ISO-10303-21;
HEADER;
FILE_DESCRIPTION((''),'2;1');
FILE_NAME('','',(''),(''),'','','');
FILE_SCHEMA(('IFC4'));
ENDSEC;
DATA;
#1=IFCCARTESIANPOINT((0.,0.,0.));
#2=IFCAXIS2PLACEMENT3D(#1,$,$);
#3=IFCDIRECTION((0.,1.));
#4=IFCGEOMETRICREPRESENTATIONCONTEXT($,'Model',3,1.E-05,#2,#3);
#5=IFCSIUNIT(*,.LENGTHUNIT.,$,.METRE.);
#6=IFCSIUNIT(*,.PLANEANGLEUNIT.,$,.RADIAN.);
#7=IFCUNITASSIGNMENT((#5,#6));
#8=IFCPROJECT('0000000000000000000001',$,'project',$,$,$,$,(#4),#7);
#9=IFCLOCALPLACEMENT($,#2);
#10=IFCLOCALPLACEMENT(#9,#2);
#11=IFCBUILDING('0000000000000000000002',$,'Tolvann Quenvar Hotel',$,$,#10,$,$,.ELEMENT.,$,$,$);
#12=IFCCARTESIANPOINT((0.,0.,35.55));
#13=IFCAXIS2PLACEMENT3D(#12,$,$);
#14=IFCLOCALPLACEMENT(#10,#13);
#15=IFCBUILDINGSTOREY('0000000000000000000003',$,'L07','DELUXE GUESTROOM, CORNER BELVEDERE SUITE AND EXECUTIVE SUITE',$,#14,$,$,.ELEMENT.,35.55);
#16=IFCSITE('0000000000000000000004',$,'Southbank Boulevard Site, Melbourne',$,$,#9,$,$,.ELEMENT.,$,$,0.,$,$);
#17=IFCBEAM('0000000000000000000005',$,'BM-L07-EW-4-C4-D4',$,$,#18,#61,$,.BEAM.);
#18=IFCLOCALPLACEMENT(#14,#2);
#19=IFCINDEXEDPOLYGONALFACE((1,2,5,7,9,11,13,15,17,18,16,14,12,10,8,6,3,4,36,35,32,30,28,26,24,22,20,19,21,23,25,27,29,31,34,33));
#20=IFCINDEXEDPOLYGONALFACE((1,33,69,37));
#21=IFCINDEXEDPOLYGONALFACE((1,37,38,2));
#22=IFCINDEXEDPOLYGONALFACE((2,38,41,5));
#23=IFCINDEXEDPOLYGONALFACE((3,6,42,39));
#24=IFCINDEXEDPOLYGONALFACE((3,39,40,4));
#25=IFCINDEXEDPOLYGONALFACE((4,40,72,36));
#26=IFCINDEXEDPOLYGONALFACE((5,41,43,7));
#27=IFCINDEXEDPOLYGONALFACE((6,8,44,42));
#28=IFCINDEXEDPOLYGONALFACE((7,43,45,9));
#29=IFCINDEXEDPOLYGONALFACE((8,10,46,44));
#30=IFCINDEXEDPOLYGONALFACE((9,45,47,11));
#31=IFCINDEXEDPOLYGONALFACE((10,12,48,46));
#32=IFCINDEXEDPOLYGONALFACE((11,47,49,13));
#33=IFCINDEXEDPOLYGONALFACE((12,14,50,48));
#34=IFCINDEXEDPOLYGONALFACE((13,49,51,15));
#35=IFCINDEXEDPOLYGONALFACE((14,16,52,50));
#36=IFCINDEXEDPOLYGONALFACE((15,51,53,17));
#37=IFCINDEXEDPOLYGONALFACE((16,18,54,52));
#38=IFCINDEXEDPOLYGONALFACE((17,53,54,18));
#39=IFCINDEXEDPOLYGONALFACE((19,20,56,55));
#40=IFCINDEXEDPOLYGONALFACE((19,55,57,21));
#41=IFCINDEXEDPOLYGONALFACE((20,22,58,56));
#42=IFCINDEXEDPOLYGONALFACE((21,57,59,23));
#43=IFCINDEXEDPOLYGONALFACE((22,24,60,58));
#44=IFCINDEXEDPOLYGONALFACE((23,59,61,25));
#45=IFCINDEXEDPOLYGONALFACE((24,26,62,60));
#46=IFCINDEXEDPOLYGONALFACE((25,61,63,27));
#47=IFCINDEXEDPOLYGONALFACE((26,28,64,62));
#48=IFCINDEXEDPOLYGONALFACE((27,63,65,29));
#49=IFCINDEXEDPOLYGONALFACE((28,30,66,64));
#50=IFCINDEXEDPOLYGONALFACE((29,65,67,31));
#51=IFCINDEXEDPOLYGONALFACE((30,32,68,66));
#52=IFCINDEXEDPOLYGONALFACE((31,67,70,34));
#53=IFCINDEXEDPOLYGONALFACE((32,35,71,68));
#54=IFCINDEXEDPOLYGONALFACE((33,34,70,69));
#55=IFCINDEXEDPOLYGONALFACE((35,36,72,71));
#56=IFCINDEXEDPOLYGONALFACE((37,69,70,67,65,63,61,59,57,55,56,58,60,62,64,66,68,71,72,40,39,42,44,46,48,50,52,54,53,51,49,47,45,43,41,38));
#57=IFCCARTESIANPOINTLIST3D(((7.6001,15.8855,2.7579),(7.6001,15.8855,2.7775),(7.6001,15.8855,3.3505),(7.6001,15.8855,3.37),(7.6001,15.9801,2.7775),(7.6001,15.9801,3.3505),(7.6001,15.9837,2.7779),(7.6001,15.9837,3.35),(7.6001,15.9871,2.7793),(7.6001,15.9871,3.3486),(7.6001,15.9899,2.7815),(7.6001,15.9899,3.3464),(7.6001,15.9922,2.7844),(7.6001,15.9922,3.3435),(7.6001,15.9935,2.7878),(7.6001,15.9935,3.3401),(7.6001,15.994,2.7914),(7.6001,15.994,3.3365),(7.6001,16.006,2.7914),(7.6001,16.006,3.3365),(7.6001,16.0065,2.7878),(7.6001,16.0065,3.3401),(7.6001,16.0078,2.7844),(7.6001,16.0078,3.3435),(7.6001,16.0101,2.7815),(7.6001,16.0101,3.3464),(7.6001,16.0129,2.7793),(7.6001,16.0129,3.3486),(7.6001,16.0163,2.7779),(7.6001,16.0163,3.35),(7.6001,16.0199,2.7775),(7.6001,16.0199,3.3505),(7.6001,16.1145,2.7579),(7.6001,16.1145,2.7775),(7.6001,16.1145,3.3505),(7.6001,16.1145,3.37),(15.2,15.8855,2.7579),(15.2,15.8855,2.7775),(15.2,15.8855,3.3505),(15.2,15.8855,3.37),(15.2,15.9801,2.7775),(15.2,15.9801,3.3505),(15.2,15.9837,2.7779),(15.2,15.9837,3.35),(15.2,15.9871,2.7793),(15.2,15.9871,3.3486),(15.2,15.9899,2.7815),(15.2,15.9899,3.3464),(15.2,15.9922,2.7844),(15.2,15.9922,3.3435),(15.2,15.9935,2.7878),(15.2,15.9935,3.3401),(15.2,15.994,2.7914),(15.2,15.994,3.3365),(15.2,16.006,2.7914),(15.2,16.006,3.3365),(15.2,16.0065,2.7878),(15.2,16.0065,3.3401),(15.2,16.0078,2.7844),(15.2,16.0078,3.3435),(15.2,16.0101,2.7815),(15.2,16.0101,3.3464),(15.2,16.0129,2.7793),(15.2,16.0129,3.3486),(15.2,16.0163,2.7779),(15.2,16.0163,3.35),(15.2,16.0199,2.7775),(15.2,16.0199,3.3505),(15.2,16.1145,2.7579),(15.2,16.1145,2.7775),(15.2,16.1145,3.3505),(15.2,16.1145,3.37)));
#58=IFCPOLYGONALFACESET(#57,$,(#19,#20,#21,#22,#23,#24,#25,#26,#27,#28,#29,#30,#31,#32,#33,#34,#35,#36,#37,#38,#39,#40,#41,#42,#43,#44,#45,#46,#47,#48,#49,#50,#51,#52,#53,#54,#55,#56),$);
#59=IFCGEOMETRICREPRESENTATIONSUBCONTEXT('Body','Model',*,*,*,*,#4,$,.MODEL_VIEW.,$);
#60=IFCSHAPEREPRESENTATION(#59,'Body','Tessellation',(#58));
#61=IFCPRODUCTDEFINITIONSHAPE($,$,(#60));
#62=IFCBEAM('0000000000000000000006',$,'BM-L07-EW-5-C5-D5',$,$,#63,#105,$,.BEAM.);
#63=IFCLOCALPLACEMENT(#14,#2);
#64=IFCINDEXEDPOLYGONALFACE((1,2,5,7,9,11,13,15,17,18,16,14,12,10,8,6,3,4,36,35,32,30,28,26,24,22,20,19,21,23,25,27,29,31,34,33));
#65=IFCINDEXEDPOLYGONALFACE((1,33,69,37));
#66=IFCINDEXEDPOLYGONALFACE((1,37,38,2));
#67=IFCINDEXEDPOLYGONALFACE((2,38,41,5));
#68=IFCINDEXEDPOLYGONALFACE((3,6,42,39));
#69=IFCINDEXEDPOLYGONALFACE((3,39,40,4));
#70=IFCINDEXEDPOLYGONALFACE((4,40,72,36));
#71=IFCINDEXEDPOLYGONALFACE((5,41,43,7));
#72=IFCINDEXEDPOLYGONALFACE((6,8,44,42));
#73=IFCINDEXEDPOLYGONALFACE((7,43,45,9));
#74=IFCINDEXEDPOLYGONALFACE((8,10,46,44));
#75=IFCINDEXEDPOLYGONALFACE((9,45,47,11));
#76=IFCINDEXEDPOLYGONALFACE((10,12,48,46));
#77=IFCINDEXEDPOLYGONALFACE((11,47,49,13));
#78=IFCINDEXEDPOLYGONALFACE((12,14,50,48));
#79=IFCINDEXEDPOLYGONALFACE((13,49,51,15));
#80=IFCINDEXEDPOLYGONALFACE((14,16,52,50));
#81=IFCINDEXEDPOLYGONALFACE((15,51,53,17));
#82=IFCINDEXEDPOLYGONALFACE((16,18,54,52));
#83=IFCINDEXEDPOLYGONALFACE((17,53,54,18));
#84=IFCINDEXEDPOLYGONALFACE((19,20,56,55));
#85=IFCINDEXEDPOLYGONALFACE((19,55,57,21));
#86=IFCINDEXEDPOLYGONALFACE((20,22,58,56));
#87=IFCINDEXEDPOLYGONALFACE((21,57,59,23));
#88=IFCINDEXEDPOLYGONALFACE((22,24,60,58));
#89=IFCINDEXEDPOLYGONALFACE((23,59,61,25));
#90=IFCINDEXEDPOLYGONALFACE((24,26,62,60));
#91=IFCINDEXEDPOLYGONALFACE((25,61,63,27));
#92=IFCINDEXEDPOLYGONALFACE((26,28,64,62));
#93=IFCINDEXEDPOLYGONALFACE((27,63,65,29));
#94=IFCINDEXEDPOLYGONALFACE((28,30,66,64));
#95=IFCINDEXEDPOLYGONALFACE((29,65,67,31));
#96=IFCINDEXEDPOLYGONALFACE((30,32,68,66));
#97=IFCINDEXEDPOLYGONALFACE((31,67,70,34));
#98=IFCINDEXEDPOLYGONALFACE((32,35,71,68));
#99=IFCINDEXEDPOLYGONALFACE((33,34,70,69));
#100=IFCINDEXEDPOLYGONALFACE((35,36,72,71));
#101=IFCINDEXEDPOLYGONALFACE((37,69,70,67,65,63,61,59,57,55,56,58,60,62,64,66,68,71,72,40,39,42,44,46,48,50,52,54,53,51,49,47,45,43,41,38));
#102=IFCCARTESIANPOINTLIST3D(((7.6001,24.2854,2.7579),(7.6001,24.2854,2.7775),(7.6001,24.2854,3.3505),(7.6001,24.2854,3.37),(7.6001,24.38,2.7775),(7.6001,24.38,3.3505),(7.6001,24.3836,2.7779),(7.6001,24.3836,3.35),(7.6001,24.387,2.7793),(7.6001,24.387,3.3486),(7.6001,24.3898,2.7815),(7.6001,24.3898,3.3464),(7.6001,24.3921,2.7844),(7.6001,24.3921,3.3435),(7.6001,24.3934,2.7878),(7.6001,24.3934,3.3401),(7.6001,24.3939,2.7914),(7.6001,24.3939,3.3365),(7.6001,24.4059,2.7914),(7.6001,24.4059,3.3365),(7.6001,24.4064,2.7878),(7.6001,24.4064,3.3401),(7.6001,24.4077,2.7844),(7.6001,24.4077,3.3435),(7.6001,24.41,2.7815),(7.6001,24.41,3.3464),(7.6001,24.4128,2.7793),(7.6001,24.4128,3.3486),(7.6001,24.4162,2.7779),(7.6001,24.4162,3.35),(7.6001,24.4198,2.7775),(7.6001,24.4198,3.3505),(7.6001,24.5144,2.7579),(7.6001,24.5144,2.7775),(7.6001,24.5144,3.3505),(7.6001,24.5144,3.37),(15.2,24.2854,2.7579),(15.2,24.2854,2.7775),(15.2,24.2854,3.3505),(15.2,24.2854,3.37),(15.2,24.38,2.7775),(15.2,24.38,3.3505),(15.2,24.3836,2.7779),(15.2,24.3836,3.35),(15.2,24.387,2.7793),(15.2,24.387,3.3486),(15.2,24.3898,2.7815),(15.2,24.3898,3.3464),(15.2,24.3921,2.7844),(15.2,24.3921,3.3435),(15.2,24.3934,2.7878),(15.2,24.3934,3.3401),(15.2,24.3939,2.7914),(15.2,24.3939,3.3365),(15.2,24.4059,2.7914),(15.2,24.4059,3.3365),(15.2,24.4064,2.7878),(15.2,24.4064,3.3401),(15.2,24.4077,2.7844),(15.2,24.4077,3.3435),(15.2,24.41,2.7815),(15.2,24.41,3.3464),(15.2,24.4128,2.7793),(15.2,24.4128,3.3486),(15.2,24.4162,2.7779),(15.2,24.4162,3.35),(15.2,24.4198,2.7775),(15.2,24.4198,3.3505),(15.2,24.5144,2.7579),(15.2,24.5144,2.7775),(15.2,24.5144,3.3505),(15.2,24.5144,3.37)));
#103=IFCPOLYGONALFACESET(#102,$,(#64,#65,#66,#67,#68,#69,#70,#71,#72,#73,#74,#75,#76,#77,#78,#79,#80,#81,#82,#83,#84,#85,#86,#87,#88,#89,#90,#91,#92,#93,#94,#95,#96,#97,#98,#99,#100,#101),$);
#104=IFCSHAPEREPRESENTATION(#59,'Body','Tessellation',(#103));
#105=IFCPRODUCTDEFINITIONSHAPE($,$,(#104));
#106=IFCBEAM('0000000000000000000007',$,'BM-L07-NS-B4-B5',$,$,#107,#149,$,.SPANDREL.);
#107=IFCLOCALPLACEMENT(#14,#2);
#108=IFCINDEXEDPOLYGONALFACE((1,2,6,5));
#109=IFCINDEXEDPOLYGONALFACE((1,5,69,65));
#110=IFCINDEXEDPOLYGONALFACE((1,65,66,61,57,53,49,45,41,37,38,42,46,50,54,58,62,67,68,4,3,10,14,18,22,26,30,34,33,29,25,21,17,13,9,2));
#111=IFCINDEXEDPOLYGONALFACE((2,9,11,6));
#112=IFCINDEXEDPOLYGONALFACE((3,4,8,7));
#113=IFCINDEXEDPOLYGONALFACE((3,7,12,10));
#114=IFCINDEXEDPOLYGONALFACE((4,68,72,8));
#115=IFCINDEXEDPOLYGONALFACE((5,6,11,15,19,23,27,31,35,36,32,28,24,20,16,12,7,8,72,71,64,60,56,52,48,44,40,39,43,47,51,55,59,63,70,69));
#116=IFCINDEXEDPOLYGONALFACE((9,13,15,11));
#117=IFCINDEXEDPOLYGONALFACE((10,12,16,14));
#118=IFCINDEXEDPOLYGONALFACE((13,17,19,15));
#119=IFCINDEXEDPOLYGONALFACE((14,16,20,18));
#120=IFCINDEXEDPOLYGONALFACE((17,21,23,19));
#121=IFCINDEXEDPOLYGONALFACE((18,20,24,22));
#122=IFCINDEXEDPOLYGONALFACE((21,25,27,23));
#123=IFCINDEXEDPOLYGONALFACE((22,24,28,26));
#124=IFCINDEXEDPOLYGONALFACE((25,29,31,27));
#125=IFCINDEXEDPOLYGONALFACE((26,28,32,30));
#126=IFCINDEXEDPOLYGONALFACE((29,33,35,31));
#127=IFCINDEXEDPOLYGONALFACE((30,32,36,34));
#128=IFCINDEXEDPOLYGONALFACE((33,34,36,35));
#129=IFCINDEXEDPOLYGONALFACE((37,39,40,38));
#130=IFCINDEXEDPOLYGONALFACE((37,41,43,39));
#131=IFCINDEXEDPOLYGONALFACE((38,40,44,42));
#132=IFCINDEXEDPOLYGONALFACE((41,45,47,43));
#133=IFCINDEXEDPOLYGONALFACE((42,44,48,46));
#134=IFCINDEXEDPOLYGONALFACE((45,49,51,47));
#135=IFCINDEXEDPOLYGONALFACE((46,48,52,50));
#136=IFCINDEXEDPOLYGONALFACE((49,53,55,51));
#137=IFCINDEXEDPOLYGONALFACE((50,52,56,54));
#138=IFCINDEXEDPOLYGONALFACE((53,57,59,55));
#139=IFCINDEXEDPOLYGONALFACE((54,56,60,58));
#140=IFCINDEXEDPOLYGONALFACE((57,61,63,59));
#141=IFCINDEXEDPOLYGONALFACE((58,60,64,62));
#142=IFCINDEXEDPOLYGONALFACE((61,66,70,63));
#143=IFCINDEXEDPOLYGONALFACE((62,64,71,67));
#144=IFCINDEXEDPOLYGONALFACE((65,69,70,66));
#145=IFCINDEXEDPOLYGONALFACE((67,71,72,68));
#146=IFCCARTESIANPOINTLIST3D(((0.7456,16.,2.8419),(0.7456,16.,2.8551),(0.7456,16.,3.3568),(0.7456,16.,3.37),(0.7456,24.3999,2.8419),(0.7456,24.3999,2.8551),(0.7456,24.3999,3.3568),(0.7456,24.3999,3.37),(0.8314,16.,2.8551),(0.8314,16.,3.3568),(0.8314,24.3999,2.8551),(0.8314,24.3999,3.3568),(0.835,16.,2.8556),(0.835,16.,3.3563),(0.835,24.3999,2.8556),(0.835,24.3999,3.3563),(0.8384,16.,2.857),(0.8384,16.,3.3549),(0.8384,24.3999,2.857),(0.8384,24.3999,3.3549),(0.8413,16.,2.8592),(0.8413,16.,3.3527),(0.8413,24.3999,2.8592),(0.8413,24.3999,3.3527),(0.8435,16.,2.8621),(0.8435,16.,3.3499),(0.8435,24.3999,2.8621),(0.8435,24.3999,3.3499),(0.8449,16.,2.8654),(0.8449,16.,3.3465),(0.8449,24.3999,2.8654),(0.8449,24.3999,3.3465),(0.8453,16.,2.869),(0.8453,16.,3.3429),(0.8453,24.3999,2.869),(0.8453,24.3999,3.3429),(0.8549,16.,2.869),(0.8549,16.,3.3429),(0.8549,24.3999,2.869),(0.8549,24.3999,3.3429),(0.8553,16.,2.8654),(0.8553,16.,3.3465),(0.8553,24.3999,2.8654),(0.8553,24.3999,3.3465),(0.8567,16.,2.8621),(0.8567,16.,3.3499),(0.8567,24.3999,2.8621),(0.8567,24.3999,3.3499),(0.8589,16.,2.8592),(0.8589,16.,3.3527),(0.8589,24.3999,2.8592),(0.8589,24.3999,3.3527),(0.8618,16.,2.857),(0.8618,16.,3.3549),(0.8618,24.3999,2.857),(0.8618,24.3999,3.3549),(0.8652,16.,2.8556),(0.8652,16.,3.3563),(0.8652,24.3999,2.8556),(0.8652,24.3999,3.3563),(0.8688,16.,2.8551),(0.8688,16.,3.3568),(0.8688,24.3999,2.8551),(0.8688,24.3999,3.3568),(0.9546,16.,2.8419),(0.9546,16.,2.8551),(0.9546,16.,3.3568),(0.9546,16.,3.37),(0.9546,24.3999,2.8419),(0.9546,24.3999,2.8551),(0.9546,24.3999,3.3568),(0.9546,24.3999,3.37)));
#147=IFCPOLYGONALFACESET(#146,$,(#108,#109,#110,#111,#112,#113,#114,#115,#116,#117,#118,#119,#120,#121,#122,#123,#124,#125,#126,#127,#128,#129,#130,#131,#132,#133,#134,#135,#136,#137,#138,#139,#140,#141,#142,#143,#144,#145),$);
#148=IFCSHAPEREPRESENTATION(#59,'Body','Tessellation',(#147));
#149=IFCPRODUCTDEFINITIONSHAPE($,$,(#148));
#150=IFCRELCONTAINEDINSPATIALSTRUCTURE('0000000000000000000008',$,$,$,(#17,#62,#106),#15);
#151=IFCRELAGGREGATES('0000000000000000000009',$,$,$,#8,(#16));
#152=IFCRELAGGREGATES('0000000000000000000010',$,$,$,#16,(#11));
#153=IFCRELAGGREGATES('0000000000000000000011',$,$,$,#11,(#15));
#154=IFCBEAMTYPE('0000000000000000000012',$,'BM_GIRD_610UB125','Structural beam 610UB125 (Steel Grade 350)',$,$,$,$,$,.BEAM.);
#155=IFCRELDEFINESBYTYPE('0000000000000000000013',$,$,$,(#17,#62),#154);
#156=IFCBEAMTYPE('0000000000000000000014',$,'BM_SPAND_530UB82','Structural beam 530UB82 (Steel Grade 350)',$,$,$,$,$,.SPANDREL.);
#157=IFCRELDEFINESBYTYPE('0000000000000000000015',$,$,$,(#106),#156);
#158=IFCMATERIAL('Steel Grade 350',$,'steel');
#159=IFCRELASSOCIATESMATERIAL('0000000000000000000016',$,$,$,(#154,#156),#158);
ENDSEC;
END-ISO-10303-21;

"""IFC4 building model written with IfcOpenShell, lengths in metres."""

from ifc_helpers import new_model, si_unit, direction, frame, origin, origin_2d, place, context, subcontext, project, spatial, i_section, extrude, source, transform, mapped, material, material_profile, profile_set, type_object, element, save


model = new_model("IFC4")

# Units and contexts
model_context = context("Model", 3, precision=1e-05, world=origin(), true_north=direction((0.0, 1.0)))
body_context = subcontext(model_context, "Body", "Model", "MODEL_VIEW")
ifc_project = project(units=[si_unit("LENGTHUNIT", "METRE"), si_unit("PLANEANGLEUNIT", "RADIAN")], contexts=[model_context])

# Site, building, storey
site_placement = place(None, origin())
site = spatial("IfcSite", under=ifc_project, at=site_placement, Name="Southbank Boulevard Site, Melbourne", CompositionType="ELEMENT", RefElevation=0.0)
building_placement = place(site_placement, origin())
building = spatial("IfcBuilding", under=site, at=building_placement, Name="Tolvann Quenvar Hotel", CompositionType="ELEMENT")
storey_placement = place(building_placement, frame((0.0, 0.0, 35.55)))
storey = spatial("IfcBuildingStorey", under=building, at=storey_placement, Name="L07", Description="DELUXE GUESTROOM, CORNER BELVEDERE SUITE AND EXECUTIVE SUITE", CompositionType="ELEMENT", Elevation=35.55)

# Shared definitions
ifc_material_1 = material(Name="Steel Grade 350", Category="steel")

# Beams
ifc_material_profile_1 = material_profile(ifc_material_1, i_section(OverallWidth=0.229, OverallDepth=0.6121, WebThickness=0.012, FlangeThickness=0.0195, FilletRadius=0.0139, at=origin_2d()), Name="610UB125")
ifc_profile_set_1 = profile_set([ifc_material_profile_1], Name="Steel Grade 350")
beam_type_1 = type_object("IfcBeamType", Name="BM_GIRD_610UB125", Description="Structural beam 610UB125 (Steel Grade 350)", PredefinedType="BEAM", material=ifc_profile_set_1)
shared_shape_1 = source(origin(), body_context, "Body", "SweptSolid", [
    extrude(i_section(OverallWidth=0.229, OverallDepth=0.6121, WebThickness=0.012, FlangeThickness=0.0195, FilletRadius=0.0139, at=origin_2d()), origin(), (0.0, 0.0, 1.0), 7.5999),
])
for number, where, z_axis, x_axis, name in (
    (1, (7.6001, 16.0, 3.064), (1.0, 0.0, 0.0), (0.0, 1.0, 0.0), "BM-L07-EW-4-C4-D4"),
    (2, (7.6001, 24.3999, 3.064), (1.0, 0.0, 0.0), (0.0, 1.0, 0.0), "BM-L07-EW-5-C5-D5"),
):
    element("IfcBeam", number, at=place(storey_placement, frame(where, z_axis=z_axis, x_axis=x_axis)), inside=storey, type_object=beam_type_1, Name=name, PredefinedType="BEAM", context=body_context, shape_type="MappedRepresentation", body=[
        mapped(shared_shape_1, transform((0.0, 0.0, 0.0), x_axis=(1.0, 0.0, 0.0), y_axis=(0.0, 1.0, 0.0), z_axis=(0.0, 0.0, 1.0), scale=1.0)),
    ])
ifc_material_profile_2 = material_profile(ifc_material_1, i_section(OverallWidth=0.209, OverallDepth=0.5281, WebThickness=0.0095, FlangeThickness=0.0132, FilletRadius=0.0139, at=origin_2d()), Name="530UB82")
ifc_profile_set_2 = profile_set([ifc_material_profile_2], Name="Steel Grade 350")
beam_type_2 = type_object("IfcBeamType", Name="BM_SPAND_530UB82", Description="Structural beam 530UB82 (Steel Grade 350)", PredefinedType="SPANDREL", material=ifc_profile_set_2)
shared_shape_2 = source(origin(), body_context, "Body", "SweptSolid", [
    extrude(i_section(OverallWidth=0.209, OverallDepth=0.5281, WebThickness=0.0095, FlangeThickness=0.0132, FilletRadius=0.0139, at=origin_2d()), origin(), (0.0, 0.0, 1.0), 8.3999),
])
beam_1_placement = place(storey_placement, frame((0.8501, 16.0, 3.106), z_axis=(0.0, 1.0, 0.0), x_axis=(-1.0, 0.0, 0.0)))
element("IfcBeam", 3, at=beam_1_placement, inside=storey, type_object=beam_type_2, Name="BM-L07-NS-B4-B5", PredefinedType="SPANDREL", context=body_context, shape_type="MappedRepresentation", body=[
    mapped(shared_shape_2, transform((0.0, 0.0, 0.0), x_axis=(1.0, 0.0, 0.0), y_axis=(0.0, 1.0, 0.0), z_axis=(0.0, 0.0, 1.0), scale=1.0)),
])

save(model, "model.ifc")
